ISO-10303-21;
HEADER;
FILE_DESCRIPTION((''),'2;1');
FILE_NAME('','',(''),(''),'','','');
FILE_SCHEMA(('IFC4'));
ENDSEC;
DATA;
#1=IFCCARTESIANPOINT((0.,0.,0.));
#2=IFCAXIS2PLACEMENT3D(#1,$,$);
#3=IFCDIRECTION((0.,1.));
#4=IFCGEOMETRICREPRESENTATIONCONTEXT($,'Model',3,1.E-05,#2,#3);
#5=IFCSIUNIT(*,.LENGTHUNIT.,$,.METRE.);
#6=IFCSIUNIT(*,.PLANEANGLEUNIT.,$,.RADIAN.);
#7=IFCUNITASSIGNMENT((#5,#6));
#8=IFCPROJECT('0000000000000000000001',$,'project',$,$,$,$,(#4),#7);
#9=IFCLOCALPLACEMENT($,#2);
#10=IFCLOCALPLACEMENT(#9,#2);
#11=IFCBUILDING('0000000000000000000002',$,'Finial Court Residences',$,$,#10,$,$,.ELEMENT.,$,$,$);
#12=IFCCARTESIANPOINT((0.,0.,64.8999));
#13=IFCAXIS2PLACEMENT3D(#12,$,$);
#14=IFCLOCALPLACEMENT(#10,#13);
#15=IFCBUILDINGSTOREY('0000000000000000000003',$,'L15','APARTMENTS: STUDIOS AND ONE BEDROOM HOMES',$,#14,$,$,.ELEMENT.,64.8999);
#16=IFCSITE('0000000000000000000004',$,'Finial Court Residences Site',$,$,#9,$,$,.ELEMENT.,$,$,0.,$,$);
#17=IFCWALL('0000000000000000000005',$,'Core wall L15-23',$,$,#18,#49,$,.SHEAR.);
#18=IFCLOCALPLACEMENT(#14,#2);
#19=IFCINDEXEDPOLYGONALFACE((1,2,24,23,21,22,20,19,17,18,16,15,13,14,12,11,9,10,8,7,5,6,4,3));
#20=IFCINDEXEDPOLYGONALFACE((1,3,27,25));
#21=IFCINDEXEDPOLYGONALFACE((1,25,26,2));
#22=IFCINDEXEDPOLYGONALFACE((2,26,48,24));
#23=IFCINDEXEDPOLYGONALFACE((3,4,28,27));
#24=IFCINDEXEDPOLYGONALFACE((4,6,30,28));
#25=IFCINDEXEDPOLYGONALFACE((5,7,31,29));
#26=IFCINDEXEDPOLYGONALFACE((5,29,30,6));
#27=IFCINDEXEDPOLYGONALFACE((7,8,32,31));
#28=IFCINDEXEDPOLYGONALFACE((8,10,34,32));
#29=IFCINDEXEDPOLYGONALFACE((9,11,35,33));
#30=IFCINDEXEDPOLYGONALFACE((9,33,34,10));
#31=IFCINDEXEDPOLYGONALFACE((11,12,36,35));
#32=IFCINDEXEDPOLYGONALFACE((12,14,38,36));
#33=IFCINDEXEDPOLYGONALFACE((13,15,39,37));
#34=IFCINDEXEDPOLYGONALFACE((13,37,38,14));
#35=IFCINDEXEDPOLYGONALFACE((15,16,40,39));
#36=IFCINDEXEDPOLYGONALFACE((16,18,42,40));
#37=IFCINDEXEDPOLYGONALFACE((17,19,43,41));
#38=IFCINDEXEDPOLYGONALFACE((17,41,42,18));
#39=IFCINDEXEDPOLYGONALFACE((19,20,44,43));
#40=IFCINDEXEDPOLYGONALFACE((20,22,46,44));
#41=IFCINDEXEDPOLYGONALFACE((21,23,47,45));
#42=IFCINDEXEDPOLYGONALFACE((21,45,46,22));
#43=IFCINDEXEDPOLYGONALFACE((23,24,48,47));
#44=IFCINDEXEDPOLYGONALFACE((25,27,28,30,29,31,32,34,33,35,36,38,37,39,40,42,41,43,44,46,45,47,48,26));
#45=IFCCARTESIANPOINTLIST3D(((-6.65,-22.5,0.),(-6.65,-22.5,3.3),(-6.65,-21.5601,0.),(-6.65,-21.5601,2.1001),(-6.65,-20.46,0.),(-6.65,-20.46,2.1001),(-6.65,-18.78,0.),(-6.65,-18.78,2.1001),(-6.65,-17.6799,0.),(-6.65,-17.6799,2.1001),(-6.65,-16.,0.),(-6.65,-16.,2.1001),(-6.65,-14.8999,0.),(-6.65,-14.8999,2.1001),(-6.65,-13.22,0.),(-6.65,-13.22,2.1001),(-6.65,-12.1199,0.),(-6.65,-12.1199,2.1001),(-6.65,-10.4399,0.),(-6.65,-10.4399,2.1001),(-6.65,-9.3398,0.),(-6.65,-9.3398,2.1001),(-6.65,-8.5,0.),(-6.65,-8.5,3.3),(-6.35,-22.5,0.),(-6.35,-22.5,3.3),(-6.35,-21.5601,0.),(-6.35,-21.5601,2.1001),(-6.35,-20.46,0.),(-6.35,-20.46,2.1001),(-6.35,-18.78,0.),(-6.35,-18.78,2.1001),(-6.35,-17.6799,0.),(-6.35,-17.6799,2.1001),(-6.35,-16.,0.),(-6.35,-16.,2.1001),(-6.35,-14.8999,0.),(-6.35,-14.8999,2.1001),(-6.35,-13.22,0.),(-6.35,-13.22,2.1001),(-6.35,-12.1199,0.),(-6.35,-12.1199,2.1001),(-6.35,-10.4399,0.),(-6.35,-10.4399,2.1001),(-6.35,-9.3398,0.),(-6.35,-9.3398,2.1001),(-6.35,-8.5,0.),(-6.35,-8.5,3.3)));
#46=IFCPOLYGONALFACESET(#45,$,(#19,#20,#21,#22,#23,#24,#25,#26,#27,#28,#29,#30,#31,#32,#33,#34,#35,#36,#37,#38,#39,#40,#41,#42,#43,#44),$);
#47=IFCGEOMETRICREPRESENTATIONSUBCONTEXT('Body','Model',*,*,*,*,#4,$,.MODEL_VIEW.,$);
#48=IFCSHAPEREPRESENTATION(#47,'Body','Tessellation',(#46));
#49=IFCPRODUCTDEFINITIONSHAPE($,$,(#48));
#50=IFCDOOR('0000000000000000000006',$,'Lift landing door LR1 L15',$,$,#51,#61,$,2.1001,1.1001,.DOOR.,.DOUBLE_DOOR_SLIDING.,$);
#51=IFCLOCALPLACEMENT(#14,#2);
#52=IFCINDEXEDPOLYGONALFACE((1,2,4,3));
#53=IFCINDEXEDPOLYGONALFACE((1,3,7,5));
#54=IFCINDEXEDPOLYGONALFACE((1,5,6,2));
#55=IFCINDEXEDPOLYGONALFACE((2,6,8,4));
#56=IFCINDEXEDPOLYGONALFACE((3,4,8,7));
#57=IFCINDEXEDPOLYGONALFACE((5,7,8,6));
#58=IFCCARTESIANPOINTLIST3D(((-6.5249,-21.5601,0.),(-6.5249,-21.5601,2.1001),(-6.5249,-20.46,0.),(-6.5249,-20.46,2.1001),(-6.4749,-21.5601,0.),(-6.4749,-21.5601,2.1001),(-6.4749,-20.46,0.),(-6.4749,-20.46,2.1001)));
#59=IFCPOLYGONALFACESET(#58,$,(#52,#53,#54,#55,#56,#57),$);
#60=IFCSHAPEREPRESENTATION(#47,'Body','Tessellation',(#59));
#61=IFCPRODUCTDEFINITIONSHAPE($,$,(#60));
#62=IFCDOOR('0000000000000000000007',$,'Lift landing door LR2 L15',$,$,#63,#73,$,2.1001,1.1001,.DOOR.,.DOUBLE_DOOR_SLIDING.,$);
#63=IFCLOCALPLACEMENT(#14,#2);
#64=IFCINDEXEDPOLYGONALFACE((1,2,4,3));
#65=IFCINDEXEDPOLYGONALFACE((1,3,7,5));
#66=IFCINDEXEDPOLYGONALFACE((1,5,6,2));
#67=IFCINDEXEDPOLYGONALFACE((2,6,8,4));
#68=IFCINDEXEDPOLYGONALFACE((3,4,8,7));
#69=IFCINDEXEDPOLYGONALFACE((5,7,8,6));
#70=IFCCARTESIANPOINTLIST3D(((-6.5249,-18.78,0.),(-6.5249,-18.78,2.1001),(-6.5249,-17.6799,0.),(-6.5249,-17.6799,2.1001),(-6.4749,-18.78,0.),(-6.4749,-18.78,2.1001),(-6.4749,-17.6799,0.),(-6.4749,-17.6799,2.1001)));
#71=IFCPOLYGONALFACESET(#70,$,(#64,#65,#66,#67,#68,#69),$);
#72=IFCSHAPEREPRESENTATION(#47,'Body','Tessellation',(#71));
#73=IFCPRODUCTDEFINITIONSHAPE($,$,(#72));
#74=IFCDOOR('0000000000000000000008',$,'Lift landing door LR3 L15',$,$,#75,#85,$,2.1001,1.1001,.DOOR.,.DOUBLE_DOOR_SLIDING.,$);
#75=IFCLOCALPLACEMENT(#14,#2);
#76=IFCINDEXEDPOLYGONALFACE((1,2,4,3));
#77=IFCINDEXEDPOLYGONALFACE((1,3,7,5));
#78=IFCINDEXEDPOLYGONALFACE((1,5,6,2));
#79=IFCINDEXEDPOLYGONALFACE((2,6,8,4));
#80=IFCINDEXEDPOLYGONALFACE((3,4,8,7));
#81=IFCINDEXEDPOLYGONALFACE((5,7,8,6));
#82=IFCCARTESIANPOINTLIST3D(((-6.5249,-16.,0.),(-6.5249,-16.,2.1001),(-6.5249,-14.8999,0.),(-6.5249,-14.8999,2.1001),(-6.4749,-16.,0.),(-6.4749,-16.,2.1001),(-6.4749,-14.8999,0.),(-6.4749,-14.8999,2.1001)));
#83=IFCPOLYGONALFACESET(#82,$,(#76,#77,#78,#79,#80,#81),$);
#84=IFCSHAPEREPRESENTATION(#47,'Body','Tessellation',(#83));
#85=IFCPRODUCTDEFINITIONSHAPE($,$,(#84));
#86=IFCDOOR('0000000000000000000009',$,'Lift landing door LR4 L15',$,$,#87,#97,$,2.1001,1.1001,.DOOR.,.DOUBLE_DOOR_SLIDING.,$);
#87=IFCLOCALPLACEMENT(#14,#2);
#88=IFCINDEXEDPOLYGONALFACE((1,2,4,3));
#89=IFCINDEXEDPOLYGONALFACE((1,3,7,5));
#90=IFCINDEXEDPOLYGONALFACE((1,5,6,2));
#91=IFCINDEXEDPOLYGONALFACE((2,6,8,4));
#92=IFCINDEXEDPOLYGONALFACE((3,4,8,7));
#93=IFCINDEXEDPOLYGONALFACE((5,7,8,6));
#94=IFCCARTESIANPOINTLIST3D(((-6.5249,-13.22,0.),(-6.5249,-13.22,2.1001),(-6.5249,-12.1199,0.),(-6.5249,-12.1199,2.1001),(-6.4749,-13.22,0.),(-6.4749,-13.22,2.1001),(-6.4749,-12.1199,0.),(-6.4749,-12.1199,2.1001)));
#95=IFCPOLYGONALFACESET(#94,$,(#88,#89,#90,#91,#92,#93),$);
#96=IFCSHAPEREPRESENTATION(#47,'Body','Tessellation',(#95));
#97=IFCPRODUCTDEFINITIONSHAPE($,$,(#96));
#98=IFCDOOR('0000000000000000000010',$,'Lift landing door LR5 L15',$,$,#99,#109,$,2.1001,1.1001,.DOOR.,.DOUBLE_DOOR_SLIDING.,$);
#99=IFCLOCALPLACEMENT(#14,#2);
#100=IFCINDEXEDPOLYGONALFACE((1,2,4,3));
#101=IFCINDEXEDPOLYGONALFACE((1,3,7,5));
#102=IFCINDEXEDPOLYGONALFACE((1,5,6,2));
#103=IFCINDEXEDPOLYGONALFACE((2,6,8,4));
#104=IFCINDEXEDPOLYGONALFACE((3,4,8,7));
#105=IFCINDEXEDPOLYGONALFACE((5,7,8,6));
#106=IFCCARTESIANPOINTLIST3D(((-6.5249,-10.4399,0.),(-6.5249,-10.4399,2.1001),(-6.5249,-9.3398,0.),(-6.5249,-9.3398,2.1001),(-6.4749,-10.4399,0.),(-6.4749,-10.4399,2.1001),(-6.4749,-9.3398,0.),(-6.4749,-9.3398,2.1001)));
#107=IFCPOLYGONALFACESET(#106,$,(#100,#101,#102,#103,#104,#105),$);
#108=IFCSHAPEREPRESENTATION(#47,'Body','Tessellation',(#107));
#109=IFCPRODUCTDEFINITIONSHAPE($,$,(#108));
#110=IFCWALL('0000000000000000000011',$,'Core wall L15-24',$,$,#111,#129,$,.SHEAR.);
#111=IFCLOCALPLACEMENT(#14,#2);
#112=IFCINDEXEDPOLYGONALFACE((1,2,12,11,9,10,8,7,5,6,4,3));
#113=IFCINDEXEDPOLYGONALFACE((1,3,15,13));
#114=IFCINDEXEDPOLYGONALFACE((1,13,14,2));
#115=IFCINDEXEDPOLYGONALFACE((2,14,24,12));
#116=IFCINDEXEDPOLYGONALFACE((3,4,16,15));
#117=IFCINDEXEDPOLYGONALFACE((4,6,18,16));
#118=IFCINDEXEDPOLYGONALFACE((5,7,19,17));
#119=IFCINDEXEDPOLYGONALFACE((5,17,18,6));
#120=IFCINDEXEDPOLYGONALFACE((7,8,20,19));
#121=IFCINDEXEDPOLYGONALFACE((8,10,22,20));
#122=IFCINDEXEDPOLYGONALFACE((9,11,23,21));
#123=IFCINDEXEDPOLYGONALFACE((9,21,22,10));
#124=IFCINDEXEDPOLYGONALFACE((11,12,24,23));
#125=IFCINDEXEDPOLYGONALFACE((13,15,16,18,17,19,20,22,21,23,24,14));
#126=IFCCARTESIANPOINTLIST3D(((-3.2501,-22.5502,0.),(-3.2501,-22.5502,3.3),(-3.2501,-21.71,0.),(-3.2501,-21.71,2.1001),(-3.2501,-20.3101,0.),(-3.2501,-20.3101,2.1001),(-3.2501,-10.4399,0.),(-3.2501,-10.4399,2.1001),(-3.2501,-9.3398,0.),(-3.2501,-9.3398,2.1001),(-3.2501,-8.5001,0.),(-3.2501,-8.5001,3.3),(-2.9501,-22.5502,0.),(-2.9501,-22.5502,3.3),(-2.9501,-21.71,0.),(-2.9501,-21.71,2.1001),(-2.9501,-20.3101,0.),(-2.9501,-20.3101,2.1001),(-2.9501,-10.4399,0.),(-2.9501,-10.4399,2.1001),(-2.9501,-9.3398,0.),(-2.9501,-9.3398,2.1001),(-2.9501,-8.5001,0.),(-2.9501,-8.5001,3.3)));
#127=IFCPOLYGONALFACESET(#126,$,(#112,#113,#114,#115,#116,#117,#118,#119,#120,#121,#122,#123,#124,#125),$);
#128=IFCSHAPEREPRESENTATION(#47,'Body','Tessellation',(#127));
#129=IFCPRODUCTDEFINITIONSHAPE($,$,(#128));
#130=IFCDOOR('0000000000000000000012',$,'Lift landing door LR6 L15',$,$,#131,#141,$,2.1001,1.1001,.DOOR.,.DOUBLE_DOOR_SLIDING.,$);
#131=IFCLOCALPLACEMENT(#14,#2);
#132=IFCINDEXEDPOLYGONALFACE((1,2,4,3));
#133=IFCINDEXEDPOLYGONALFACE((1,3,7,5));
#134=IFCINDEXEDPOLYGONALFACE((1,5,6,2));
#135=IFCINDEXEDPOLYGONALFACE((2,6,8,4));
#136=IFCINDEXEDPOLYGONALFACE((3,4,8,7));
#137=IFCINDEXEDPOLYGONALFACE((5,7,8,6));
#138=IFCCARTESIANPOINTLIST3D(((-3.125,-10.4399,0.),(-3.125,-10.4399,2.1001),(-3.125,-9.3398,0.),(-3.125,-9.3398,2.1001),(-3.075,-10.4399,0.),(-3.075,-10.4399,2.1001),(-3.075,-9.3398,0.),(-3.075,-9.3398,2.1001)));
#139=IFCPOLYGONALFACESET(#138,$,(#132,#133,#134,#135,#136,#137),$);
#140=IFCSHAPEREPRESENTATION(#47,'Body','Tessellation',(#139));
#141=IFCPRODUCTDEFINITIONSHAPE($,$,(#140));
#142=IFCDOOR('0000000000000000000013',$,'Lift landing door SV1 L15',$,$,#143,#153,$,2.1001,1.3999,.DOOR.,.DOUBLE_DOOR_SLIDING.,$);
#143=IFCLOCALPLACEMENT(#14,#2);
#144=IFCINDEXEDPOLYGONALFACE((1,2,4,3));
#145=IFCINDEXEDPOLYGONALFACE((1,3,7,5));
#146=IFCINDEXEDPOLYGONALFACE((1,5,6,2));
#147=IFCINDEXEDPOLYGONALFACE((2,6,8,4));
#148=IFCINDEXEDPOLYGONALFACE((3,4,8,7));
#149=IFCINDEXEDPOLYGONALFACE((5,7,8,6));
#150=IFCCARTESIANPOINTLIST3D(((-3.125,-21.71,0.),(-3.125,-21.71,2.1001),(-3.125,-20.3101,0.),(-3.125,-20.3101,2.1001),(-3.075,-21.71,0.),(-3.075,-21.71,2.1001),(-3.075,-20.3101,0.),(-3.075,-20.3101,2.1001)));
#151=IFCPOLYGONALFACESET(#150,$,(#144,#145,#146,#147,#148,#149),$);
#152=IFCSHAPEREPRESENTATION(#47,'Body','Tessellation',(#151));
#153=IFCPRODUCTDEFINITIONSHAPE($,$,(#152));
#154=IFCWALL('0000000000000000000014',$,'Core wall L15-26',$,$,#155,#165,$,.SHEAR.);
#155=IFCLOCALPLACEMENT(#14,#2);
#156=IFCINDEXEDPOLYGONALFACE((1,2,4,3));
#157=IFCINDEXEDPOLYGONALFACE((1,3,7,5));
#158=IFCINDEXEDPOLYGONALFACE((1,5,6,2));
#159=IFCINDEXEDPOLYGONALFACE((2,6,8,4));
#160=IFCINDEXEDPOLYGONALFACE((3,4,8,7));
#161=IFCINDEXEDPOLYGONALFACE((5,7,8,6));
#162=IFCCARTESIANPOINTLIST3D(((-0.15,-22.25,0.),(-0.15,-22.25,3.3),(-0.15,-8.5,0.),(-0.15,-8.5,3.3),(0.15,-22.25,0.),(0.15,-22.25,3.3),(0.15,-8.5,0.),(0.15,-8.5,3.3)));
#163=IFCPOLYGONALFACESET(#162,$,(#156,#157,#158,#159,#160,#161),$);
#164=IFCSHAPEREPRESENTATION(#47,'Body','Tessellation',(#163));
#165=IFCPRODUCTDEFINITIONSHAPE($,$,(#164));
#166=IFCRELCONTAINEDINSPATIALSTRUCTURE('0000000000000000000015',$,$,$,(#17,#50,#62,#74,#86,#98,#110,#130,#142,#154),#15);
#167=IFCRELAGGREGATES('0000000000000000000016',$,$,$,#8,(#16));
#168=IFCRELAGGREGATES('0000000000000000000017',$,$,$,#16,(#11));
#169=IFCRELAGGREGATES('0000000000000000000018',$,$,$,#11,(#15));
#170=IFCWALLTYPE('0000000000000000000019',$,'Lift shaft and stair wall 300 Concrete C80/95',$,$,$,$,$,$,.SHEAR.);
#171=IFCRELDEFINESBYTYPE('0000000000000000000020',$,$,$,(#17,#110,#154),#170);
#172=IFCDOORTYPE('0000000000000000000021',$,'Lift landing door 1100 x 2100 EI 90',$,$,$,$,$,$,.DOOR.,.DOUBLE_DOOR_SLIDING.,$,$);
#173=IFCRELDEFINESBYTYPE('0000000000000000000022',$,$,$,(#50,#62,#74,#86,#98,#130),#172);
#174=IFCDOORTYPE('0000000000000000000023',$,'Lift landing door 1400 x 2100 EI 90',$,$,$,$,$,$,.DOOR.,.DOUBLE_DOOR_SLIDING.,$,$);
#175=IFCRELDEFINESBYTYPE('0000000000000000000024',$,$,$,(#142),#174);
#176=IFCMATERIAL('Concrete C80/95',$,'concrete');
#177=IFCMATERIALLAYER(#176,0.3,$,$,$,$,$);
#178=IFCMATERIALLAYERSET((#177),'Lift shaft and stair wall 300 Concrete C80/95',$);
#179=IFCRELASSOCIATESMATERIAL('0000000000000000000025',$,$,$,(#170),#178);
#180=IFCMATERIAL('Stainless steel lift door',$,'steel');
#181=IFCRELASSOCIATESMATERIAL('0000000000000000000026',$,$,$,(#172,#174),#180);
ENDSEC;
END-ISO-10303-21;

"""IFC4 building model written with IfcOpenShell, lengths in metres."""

from ifc_helpers import new_model, si_unit, direction, frame, frame_2d, origin, place, context, subcontext, project, spatial, rectangle, extrude, material, layer, layer_set, type_object, element, fill, save


model = new_model("IFC4")

# Units and contexts
model_context = context("Model", 3, precision=1e-05, world=origin(), true_north=direction((0.0, 1.0)))
body_context = subcontext(model_context, "Body", "Model", "MODEL_VIEW")
ifc_project = project(units=[si_unit("LENGTHUNIT", "METRE"), si_unit("PLANEANGLEUNIT", "RADIAN")], contexts=[model_context])

# Site, building, storey
site_placement = place(None, origin())
site = spatial("IfcSite", under=ifc_project, at=site_placement, Name="Finial Court Residences Site", CompositionType="ELEMENT", RefElevation=0.0)
building_placement = place(site_placement, origin())
building = spatial("IfcBuilding", under=site, at=building_placement, Name="Finial Court Residences", CompositionType="ELEMENT")
storey_placement = place(building_placement, frame((0.0, 0.0, 64.8999)))
storey = spatial("IfcBuildingStorey", under=building, at=storey_placement, Name="L15", Description="APARTMENTS: STUDIOS AND ONE BEDROOM HOMES", CompositionType="ELEMENT", Elevation=64.8999)

# Shared definitions
ifc_material_1 = material(Name="Concrete C80/95", Category="concrete")
ifc_layer_1 = layer(ifc_material_1, 0.3)
ifc_layer_set_1 = layer_set([ifc_layer_1], Name="Lift shaft and stair wall 300 Concrete C80/95")
wall_type_1 = type_object("IfcWallType", Name="Lift shaft and stair wall 300 Concrete C80/95", PredefinedType="SHEAR", material=ifc_layer_set_1)

# Walls, openings, doors
wall_1_placement = place(storey_placement, frame((-6.5, -22.5, 0.0), z_axis=(0.0, 0.0, 1.0), x_axis=(0.0, 1.0, 0.0)))
wall_1 = element("IfcWall", 1, at=wall_1_placement, inside=storey, type_object=wall_type_1, Name="Core wall L15-23", PredefinedType="SHEAR", context=body_context, shape_type="SweptSolid", body=[
    extrude(rectangle(XDim=14.0, YDim=0.3, at=frame_2d((7.0, 0.0))), origin(), (0.0, 0.0, 1.0), 3.3),
])
opening_1_placement = place(wall_1_placement, frame((0.9399, 0.0, 0.0)))
opening_1 = element("IfcOpeningElement", 2, at=opening_1_placement, cuts=wall_1, PredefinedType="OPENING", context=body_context, shape_type="SweptSolid", body=[
    extrude(rectangle(XDim=1.1001, YDim=2.1001, at=frame_2d((0.55, 1.05))), frame((0.0, 0.1599, 0.0), z_axis=(0.0, -1.0, 0.0), x_axis=(1.0, 0.0, 0.0)), (0.0, 0.0, 1.0), 0.3201),
])
opening_2_placement = place(wall_1_placement, frame((3.72, 0.0, 0.0)))
opening_2 = element("IfcOpeningElement", 3, at=opening_2_placement, cuts=wall_1, PredefinedType="OPENING", context=body_context, shape_type="SweptSolid", body=[
    extrude(rectangle(XDim=1.1001, YDim=2.1001, at=frame_2d((0.55, 1.05))), frame((0.0, 0.1599, 0.0), z_axis=(0.0, -1.0, 0.0), x_axis=(1.0, 0.0, 0.0)), (0.0, 0.0, 1.0), 0.3201),
])
opening_3_placement = place(wall_1_placement, frame((6.5, 0.0, 0.0)))
opening_3 = element("IfcOpeningElement", 4, at=opening_3_placement, cuts=wall_1, PredefinedType="OPENING", context=body_context, shape_type="SweptSolid", body=[
    extrude(rectangle(XDim=1.1001, YDim=2.1001, at=frame_2d((0.55, 1.05))), frame((0.0, 0.1599, 0.0), z_axis=(0.0, -1.0, 0.0), x_axis=(1.0, 0.0, 0.0)), (0.0, 0.0, 1.0), 0.3201),
])
opening_4_placement = place(wall_1_placement, frame((9.28, 0.0, 0.0)))
opening_4 = element("IfcOpeningElement", 5, at=opening_4_placement, cuts=wall_1, PredefinedType="OPENING", context=body_context, shape_type="SweptSolid", body=[
    extrude(rectangle(XDim=1.1001, YDim=2.1001, at=frame_2d((0.55, 1.05))), frame((0.0, 0.1599, 0.0), z_axis=(0.0, -1.0, 0.0), x_axis=(1.0, 0.0, 0.0)), (0.0, 0.0, 1.0), 0.3201),
])
opening_5_placement = place(wall_1_placement, frame((12.0601, 0.0, 0.0)))
opening_5 = element("IfcOpeningElement", 6, at=opening_5_placement, cuts=wall_1, PredefinedType="OPENING", context=body_context, shape_type="SweptSolid", body=[
    extrude(rectangle(XDim=1.1001, YDim=2.1001, at=frame_2d((0.55, 1.05))), frame((0.0, 0.1599, 0.0), z_axis=(0.0, -1.0, 0.0), x_axis=(1.0, 0.0, 0.0)), (0.0, 0.0, 1.0), 0.3201),
])
ifc_material_2 = material(Name="Stainless steel lift door", Category="steel")
door_type_1 = type_object("IfcDoorType", Name="Lift landing door 1100 x 2100 EI 90", OperationType="DOUBLE_DOOR_SLIDING", PredefinedType="DOOR", material=ifc_material_2)
door_1_placement = place(opening_1_placement, origin())
door_1 = element("IfcDoor", 7, at=door_1_placement, inside=storey, type_object=door_type_1, Name="Lift landing door LR1 L15", OperationType="DOUBLE_DOOR_SLIDING", OverallHeight=2.1001, OverallWidth=1.1001, PredefinedType="DOOR", context=body_context, shape_type="SweptSolid", body=[
    extrude(rectangle(XDim=1.1001, YDim=2.1001, at=frame_2d((0.55, 1.05))), frame((0.0, 0.0249, 0.0), z_axis=(0.0, -1.0, 0.0), x_axis=(1.0, 0.0, 0.0)), (0.0, 0.0, 1.0), 0.05),
])
fill(opening_1, door_1)
door_2_placement = place(opening_2_placement, origin())
door_2 = element("IfcDoor", 8, at=door_2_placement, inside=storey, type_object=door_type_1, Name="Lift landing door LR2 L15", OperationType="DOUBLE_DOOR_SLIDING", OverallHeight=2.1001, OverallWidth=1.1001, PredefinedType="DOOR", context=body_context, shape_type="SweptSolid", body=[
    extrude(rectangle(XDim=1.1001, YDim=2.1001, at=frame_2d((0.55, 1.05))), frame((0.0, 0.0249, 0.0), z_axis=(0.0, -1.0, 0.0), x_axis=(1.0, 0.0, 0.0)), (0.0, 0.0, 1.0), 0.05),
])
fill(opening_2, door_2)
door_3_placement = place(opening_3_placement, origin())
door_3 = element("IfcDoor", 9, at=door_3_placement, inside=storey, type_object=door_type_1, Name="Lift landing door LR3 L15", OperationType="DOUBLE_DOOR_SLIDING", OverallHeight=2.1001, OverallWidth=1.1001, PredefinedType="DOOR", context=body_context, shape_type="SweptSolid", body=[
    extrude(rectangle(XDim=1.1001, YDim=2.1001, at=frame_2d((0.55, 1.05))), frame((0.0, 0.0249, 0.0), z_axis=(0.0, -1.0, 0.0), x_axis=(1.0, 0.0, 0.0)), (0.0, 0.0, 1.0), 0.05),
])
fill(opening_3, door_3)
door_4_placement = place(opening_4_placement, origin())
door_4 = element("IfcDoor", 10, at=door_4_placement, inside=storey, type_object=door_type_1, Name="Lift landing door LR4 L15", OperationType="DOUBLE_DOOR_SLIDING", OverallHeight=2.1001, OverallWidth=1.1001, PredefinedType="DOOR", context=body_context, shape_type="SweptSolid", body=[
    extrude(rectangle(XDim=1.1001, YDim=2.1001, at=frame_2d((0.55, 1.05))), frame((0.0, 0.0249, 0.0), z_axis=(0.0, -1.0, 0.0), x_axis=(1.0, 0.0, 0.0)), (0.0, 0.0, 1.0), 0.05),
])
fill(opening_4, door_4)
door_5_placement = place(opening_5_placement, origin())
door_5 = element("IfcDoor", 11, at=door_5_placement, inside=storey, type_object=door_type_1, Name="Lift landing door LR5 L15", OperationType="DOUBLE_DOOR_SLIDING", OverallHeight=2.1001, OverallWidth=1.1001, PredefinedType="DOOR", context=body_context, shape_type="SweptSolid", body=[
    extrude(rectangle(XDim=1.1001, YDim=2.1001, at=frame_2d((0.55, 1.05))), frame((0.0, 0.0249, 0.0), z_axis=(0.0, -1.0, 0.0), x_axis=(1.0, 0.0, 0.0)), (0.0, 0.0, 1.0), 0.05),
])
fill(opening_5, door_5)
wall_2_placement = place(storey_placement, frame((-3.1001, -22.55, 0.0), z_axis=(0.0, 0.0, 1.0), x_axis=(0.0, 1.0, 0.0)))
wall_2 = element("IfcWall", 12, at=wall_2_placement, inside=storey, type_object=wall_type_1, Name="Core wall L15-24", PredefinedType="SHEAR", context=body_context, shape_type="SweptSolid", body=[
    extrude(rectangle(XDim=14.05, YDim=0.3, at=frame_2d((7.0249, 0.0))), origin(), (0.0, 0.0, 1.0), 3.3),
])
opening_6_placement = place(wall_2_placement, frame((12.1101, 0.0, 0.0)))
opening_6 = element("IfcOpeningElement", 13, at=opening_6_placement, cuts=wall_2, PredefinedType="OPENING", context=body_context, shape_type="SweptSolid", body=[
    extrude(rectangle(XDim=1.1001, YDim=2.1001, at=frame_2d((0.55, 1.05))), frame((0.0, 0.1599, 0.0), z_axis=(0.0, -1.0, 0.0), x_axis=(1.0, 0.0, 0.0)), (0.0, 0.0, 1.0), 0.3201),
])
opening_7_placement = place(wall_2_placement, frame((0.8401, 0.0, 0.0)))
opening_7 = element("IfcOpeningElement", 14, at=opening_7_placement, cuts=wall_2, PredefinedType="OPENING", context=body_context, shape_type="SweptSolid", body=[
    extrude(rectangle(XDim=1.3999, YDim=2.1001, at=frame_2d((0.7, 1.05))), frame((0.0, 0.1599, 0.0), z_axis=(0.0, -1.0, 0.0), x_axis=(1.0, 0.0, 0.0)), (0.0, 0.0, 1.0), 0.3201),
])
door_6_placement = place(opening_6_placement, origin())
door_6 = element("IfcDoor", 15, at=door_6_placement, inside=storey, type_object=door_type_1, Name="Lift landing door LR6 L15", OperationType="DOUBLE_DOOR_SLIDING", OverallHeight=2.1001, OverallWidth=1.1001, PredefinedType="DOOR", context=body_context, shape_type="SweptSolid", body=[
    extrude(rectangle(XDim=1.1001, YDim=2.1001, at=frame_2d((0.55, 1.05))), frame((0.0, 0.0249, 0.0), z_axis=(0.0, -1.0, 0.0), x_axis=(1.0, 0.0, 0.0)), (0.0, 0.0, 1.0), 0.05),
])
fill(opening_6, door_6)
door_type_2 = type_object("IfcDoorType", Name="Lift landing door 1400 x 2100 EI 90", OperationType="DOUBLE_DOOR_SLIDING", PredefinedType="DOOR", material=ifc_material_2)
door_7_placement = place(opening_7_placement, origin())
door_7 = element("IfcDoor", 16, at=door_7_placement, inside=storey, type_object=door_type_2, Name="Lift landing door SV1 L15", OperationType="DOUBLE_DOOR_SLIDING", OverallHeight=2.1001, OverallWidth=1.3999, PredefinedType="DOOR", context=body_context, shape_type="SweptSolid", body=[
    extrude(rectangle(XDim=1.3999, YDim=2.1001, at=frame_2d((0.7, 1.05))), frame((0.0, 0.0249, 0.0), z_axis=(0.0, -1.0, 0.0), x_axis=(1.0, 0.0, 0.0)), (0.0, 0.0, 1.0), 0.05),
])
fill(opening_7, door_7)

# Wall
wall_3_placement = place(storey_placement, frame((0.0, -22.25, 0.0), z_axis=(0.0, 0.0, 1.0), x_axis=(0.0, 1.0, 0.0)))
element("IfcWall", 17, at=wall_3_placement, inside=storey, type_object=wall_type_1, Name="Core wall L15-26", PredefinedType="SHEAR", context=body_context, shape_type="SweptSolid", body=[
    extrude(rectangle(XDim=13.75, YDim=0.3, at=frame_2d((6.875, 0.0))), origin(), (0.0, 0.0, 1.0), 3.3),
])

save(model, "model.ifc")
